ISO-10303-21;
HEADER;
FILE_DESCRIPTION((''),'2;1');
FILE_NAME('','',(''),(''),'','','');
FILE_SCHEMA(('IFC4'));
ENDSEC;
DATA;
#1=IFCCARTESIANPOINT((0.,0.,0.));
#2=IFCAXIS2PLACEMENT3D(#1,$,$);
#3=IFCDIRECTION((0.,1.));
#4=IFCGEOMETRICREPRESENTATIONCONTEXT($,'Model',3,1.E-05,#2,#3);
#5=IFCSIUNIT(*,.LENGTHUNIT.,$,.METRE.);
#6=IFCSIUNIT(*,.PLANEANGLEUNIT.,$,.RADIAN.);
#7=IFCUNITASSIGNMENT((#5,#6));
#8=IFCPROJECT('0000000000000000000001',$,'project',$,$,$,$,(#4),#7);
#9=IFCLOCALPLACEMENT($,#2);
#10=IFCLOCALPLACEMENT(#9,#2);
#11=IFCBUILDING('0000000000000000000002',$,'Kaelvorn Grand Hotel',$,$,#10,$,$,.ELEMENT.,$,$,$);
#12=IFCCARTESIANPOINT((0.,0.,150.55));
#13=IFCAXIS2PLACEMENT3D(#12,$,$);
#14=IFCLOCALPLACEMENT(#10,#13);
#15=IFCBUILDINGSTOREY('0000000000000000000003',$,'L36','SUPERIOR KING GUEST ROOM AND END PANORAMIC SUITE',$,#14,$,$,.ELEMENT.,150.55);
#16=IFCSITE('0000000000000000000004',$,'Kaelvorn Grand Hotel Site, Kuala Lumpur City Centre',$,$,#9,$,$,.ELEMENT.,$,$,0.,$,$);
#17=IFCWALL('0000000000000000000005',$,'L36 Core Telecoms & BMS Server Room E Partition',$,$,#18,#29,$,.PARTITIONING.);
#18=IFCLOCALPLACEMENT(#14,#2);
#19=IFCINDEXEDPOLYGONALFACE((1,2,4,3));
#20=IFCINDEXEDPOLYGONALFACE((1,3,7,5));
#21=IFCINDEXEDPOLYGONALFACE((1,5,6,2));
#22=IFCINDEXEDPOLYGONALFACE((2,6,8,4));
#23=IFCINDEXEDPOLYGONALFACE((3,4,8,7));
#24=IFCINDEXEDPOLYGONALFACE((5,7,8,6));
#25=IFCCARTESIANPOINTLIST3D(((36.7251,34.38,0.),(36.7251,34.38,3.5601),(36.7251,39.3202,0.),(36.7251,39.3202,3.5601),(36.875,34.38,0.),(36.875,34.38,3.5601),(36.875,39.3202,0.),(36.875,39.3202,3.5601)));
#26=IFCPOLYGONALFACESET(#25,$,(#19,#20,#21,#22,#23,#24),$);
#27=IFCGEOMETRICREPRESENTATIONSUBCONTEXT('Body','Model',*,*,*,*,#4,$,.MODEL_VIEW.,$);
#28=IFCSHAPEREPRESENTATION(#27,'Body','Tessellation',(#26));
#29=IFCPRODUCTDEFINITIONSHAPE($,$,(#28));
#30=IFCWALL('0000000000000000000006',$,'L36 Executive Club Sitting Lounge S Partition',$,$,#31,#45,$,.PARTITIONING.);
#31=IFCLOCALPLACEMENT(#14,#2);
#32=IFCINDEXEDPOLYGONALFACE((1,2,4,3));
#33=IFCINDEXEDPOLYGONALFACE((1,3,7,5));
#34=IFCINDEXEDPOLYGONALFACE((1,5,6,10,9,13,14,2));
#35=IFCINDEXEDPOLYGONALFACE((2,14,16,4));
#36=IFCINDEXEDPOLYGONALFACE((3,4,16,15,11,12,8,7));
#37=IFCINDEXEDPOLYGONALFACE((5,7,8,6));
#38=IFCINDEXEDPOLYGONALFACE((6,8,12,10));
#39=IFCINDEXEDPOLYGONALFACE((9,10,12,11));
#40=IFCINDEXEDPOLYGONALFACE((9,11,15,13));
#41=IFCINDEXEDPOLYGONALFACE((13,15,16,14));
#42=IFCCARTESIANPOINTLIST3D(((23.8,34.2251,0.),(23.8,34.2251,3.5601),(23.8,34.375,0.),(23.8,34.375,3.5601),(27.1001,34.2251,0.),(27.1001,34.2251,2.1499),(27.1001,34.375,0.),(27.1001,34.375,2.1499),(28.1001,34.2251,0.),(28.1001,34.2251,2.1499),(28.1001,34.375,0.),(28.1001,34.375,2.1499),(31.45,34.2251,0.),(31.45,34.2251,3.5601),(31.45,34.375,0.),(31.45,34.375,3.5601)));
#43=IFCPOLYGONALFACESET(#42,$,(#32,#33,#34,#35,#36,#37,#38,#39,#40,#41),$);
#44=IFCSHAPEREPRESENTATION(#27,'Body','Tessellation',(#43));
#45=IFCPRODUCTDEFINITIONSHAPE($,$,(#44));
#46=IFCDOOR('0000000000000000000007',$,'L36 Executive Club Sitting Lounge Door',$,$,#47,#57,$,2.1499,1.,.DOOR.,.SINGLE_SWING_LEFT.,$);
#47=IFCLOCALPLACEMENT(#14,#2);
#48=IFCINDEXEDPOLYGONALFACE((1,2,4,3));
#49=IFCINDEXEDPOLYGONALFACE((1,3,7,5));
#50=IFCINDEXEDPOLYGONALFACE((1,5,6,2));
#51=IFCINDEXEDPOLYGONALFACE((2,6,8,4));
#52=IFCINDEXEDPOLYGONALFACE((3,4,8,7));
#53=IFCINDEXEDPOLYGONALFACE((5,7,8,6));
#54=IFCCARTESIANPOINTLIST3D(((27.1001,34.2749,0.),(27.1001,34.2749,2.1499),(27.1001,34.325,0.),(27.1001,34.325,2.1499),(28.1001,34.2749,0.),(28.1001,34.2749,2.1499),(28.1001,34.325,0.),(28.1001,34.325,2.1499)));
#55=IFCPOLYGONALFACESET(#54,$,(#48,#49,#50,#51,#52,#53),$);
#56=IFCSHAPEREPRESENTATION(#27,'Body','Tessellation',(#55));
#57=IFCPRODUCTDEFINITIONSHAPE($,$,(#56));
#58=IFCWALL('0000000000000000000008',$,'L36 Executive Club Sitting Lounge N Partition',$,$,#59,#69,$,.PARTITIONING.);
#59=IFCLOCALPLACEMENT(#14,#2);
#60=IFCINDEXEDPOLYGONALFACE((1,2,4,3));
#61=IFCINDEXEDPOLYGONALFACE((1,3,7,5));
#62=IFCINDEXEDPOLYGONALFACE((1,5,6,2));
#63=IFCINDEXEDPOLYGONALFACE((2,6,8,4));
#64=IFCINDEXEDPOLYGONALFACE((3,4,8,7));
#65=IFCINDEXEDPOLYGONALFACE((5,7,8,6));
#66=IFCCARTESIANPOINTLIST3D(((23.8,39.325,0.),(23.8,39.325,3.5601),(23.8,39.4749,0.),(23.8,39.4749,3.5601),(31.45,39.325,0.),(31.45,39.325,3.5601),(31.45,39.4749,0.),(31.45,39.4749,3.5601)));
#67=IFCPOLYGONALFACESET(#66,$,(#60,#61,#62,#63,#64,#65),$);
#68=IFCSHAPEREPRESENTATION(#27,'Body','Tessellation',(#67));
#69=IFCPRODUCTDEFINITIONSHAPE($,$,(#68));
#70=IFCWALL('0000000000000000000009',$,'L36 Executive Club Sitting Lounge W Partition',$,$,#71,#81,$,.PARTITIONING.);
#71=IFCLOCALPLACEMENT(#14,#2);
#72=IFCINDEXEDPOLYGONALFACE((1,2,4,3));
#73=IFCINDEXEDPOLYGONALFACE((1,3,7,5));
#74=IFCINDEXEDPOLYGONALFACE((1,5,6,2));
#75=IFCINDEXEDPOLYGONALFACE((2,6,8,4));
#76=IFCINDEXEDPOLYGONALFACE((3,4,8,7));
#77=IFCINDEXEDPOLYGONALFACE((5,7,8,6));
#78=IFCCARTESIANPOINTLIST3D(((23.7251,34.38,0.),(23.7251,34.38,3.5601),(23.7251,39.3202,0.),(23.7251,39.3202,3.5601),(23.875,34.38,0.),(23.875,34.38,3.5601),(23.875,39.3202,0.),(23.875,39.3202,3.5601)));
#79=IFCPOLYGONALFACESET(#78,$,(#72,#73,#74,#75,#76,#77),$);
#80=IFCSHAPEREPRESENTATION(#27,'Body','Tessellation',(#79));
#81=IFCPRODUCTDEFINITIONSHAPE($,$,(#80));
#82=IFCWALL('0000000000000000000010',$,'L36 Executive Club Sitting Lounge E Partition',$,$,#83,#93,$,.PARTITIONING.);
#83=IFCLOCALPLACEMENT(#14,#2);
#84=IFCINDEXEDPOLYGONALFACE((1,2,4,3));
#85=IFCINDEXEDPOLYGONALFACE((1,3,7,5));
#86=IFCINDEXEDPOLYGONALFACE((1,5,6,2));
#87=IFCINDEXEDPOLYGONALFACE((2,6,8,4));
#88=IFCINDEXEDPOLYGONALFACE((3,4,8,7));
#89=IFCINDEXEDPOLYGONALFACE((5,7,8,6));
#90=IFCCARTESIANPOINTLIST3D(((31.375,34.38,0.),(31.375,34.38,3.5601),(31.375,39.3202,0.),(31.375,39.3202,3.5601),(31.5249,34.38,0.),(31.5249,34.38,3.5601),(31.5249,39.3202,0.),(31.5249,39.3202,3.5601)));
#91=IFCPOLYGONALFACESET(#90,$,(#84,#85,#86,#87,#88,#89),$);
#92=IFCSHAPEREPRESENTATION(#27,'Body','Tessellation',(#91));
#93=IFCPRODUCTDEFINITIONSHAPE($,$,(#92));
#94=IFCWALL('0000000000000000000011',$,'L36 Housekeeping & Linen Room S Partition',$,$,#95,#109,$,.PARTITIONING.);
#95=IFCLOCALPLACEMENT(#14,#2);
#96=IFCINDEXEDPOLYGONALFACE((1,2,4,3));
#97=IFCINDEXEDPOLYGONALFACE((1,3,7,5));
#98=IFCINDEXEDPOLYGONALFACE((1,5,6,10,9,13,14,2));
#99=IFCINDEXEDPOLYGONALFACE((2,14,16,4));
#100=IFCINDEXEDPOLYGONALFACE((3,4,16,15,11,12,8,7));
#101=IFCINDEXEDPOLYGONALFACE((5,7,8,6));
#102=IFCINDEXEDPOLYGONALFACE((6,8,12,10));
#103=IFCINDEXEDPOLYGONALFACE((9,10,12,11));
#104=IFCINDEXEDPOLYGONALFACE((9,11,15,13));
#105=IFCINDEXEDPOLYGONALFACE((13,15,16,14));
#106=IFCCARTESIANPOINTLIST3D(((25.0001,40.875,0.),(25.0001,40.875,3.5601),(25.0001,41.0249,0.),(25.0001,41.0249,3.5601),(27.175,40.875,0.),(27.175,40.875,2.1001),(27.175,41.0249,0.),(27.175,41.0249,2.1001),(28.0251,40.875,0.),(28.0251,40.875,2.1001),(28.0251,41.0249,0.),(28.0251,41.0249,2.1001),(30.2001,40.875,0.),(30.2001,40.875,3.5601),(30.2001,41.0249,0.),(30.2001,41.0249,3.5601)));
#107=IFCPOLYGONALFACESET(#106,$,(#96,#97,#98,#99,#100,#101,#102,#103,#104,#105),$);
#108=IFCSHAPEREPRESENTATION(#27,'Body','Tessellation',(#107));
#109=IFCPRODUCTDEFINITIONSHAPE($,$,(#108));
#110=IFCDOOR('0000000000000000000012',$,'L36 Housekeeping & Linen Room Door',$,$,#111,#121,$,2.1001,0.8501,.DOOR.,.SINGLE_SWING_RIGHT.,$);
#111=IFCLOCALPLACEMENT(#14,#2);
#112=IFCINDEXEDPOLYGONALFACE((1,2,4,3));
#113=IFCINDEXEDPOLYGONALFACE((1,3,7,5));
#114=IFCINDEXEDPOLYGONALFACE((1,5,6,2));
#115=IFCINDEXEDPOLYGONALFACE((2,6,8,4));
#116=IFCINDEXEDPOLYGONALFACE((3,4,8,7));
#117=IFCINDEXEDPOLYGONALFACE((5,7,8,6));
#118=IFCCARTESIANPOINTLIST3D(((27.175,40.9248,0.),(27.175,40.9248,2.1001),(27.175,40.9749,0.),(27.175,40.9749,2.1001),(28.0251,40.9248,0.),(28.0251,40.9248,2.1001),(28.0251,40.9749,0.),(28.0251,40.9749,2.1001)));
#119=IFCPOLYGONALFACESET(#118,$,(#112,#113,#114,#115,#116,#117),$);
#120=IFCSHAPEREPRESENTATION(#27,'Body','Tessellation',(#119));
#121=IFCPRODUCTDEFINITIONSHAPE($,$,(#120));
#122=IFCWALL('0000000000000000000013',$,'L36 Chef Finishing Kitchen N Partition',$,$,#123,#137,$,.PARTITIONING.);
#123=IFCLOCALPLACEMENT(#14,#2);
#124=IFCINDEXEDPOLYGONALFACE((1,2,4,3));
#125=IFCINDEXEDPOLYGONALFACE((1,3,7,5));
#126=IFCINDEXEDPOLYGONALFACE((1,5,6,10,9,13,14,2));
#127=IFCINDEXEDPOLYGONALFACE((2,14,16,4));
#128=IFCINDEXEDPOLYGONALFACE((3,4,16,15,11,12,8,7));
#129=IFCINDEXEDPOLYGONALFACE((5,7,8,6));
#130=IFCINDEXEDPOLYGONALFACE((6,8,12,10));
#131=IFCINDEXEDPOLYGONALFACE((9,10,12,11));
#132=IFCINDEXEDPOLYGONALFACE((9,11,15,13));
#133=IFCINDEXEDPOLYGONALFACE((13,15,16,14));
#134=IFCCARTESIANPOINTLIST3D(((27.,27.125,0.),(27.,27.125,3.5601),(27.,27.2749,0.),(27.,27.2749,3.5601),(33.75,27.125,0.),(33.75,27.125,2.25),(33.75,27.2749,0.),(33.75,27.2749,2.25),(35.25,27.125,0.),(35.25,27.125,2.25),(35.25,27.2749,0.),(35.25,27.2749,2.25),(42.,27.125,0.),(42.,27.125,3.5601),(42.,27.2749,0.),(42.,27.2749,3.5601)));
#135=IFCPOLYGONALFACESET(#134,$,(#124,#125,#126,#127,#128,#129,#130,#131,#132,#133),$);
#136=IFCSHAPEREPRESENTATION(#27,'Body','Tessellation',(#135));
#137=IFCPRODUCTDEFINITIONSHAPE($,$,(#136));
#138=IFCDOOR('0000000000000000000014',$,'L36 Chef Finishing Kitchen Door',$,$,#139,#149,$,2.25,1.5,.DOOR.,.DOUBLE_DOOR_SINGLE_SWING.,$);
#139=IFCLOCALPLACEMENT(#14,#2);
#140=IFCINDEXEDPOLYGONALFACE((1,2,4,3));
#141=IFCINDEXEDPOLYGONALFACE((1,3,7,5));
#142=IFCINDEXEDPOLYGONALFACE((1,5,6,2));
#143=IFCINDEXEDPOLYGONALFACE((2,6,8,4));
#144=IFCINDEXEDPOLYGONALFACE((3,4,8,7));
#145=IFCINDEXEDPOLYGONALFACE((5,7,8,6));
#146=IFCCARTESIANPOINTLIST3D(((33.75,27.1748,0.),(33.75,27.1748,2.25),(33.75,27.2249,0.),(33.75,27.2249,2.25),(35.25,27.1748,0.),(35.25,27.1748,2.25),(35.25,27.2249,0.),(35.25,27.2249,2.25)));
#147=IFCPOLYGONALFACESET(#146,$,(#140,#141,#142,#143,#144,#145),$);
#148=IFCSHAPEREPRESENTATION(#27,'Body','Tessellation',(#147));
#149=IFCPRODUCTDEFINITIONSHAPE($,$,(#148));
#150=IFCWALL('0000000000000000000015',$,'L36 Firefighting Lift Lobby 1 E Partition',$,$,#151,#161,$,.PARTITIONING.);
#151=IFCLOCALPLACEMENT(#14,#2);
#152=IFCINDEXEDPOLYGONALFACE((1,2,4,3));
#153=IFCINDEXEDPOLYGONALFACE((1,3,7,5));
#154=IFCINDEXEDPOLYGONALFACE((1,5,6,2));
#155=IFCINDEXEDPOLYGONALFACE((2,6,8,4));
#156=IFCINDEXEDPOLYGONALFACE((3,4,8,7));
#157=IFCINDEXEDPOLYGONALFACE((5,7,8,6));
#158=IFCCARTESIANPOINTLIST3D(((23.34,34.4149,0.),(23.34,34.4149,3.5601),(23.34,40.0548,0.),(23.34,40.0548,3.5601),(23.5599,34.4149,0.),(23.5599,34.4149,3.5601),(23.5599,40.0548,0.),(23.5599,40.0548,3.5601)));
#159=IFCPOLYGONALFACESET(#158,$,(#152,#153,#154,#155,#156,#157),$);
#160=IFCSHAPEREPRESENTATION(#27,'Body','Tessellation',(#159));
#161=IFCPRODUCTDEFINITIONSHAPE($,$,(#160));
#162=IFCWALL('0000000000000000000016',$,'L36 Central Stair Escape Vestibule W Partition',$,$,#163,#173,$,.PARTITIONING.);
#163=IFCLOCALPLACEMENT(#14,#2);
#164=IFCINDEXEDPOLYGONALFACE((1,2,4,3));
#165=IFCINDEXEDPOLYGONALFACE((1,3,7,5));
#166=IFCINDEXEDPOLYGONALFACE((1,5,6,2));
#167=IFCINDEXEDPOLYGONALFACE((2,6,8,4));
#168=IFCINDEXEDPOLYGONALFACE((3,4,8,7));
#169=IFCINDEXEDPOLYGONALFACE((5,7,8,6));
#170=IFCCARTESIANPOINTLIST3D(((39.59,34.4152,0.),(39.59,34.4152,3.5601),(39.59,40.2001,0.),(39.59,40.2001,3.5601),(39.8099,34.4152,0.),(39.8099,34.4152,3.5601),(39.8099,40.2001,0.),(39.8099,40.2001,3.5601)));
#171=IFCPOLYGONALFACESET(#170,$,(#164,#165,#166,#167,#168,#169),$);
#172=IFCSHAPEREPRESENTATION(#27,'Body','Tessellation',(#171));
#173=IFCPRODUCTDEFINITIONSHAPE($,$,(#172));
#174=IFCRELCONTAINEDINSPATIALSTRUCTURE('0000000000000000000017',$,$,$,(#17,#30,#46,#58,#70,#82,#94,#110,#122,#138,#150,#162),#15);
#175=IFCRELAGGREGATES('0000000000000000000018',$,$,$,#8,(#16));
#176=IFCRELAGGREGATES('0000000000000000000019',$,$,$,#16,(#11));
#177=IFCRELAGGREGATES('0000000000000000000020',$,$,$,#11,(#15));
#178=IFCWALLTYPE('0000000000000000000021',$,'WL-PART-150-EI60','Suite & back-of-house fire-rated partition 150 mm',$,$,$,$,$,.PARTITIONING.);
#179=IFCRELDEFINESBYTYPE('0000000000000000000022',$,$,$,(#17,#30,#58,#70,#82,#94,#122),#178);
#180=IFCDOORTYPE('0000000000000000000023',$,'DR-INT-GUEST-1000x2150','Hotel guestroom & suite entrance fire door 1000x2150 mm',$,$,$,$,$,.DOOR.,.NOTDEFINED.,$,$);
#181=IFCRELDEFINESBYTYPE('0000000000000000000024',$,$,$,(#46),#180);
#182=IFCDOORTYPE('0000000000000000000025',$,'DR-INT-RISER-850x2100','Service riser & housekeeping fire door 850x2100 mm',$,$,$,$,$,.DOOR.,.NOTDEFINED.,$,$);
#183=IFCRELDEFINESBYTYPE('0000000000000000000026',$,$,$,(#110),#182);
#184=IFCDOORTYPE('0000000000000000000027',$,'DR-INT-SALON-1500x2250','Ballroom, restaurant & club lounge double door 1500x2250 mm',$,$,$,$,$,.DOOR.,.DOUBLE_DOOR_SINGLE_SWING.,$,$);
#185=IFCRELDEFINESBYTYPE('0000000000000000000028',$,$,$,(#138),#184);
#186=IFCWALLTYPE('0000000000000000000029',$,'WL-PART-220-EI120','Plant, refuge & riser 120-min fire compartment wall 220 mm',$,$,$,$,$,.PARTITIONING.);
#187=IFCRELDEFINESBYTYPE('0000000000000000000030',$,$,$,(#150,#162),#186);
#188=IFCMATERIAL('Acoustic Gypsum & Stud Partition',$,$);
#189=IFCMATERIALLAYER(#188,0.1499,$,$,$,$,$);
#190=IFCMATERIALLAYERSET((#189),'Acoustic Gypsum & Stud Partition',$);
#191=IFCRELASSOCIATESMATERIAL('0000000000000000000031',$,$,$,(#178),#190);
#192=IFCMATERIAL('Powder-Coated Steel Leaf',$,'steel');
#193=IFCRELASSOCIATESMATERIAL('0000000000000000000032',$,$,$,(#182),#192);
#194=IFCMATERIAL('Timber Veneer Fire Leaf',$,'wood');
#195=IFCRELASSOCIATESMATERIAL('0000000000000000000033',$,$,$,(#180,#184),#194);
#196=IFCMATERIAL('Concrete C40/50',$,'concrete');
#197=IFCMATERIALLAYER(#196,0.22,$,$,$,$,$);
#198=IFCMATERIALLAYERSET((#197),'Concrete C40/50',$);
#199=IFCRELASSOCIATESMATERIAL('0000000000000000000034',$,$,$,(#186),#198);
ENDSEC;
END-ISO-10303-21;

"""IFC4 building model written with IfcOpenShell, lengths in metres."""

from ifc_helpers import new_model, si_unit, direction, frame, frame_2d, origin, place, context, subcontext, project, spatial, rectangle, extrude, material, layer, layer_set, type_object, element, fill, save


model = new_model("IFC4")

# Units and contexts
model_context = context("Model", 3, precision=1e-05, world=origin(), true_north=direction((0.0, 1.0)))
body_context = subcontext(model_context, "Body", "Model", "MODEL_VIEW")
ifc_project = project(units=[si_unit("LENGTHUNIT", "METRE"), si_unit("PLANEANGLEUNIT", "RADIAN")], contexts=[model_context])

# Site, building, storey
site_placement = place(None, origin())
site = spatial("IfcSite", under=ifc_project, at=site_placement, Name="Kaelvorn Grand Hotel Site, Kuala Lumpur City Centre", CompositionType="ELEMENT", RefElevation=0.0)
building_placement = place(site_placement, origin())
building = spatial("IfcBuilding", under=site, at=building_placement, Name="Kaelvorn Grand Hotel", CompositionType="ELEMENT")
storey_placement = place(building_placement, frame((0.0, 0.0, 150.55)))
storey = spatial("IfcBuildingStorey", under=building, at=storey_placement, Name="L36", Description="SUPERIOR KING GUEST ROOM AND END PANORAMIC SUITE", CompositionType="ELEMENT", Elevation=150.55)

# Shared definitions
ifc_material_1 = material(Name="Acoustic Gypsum & Stud Partition")
ifc_layer_1 = layer(ifc_material_1, 0.1499)
ifc_layer_set_1 = layer_set([ifc_layer_1], Name="Acoustic Gypsum & Stud Partition")
wall_type_1 = type_object("IfcWallType", Name="WL-PART-150-EI60", Description="Suite & back-of-house fire-rated partition 150 mm", PredefinedType="PARTITIONING", material=ifc_layer_set_1)
ifc_material_2 = material(Name="Powder-Coated Steel Leaf", Category="steel")
door_type_1 = type_object("IfcDoorType", Name="DR-INT-RISER-850x2100", Description="Service riser & housekeeping fire door 850x2100 mm", OperationType="NOTDEFINED", PredefinedType="DOOR", material=ifc_material_2)

# Wall
for number, where, z_axis, x_axis, name in (
    (1, (36.8, 34.3799, 0.0), (0.0, 0.0, 1.0), (0.0, 1.0, 0.0), "L36 Core Telecoms & BMS Server Room E Partition"),
):
    element("IfcWall", number, at=place(storey_placement, frame(where, z_axis=z_axis, x_axis=x_axis)), inside=storey, type_object=wall_type_1, Name=name, PredefinedType="PARTITIONING", context=body_context, shape_type="SweptSolid", body=[
        extrude(rectangle(XDim=4.9402, YDim=0.1499, at=frame_2d((2.4702, 0.0))), origin(), (0.0, 0.0, 1.0), 3.5601),
    ])

# Wall, opening, door
wall_1_placement = place(storey_placement, frame((23.8, 34.3, 0.0), z_axis=(0.0, 0.0, 1.0), x_axis=(1.0, 0.0, 0.0)))
wall_1 = element("IfcWall", 2, at=wall_1_placement, inside=storey, type_object=wall_type_1, Name="L36 Executive Club Sitting Lounge S Partition", PredefinedType="PARTITIONING", context=body_context, shape_type="SweptSolid", body=[
    extrude(rectangle(XDim=7.6499, YDim=0.1499, at=frame_2d((3.825, 0.0))), origin(), (0.0, 0.0, 1.0), 3.5601),
])
opening_1_placement = place(wall_1_placement, frame((3.3, 0.0, 0.0)))
opening_1 = element("IfcOpeningElement", 3, at=opening_1_placement, cuts=wall_1, PredefinedType="OPENING", context=body_context, shape_type="SweptSolid", body=[
    extrude(rectangle(XDim=1.0, YDim=2.1499, at=frame_2d((0.5, 1.075))), frame((0.0, 0.085, 0.0), z_axis=(0.0, -1.0, 0.0), x_axis=(1.0, 0.0, 0.0)), (0.0, 0.0, 1.0), 0.1699),
])
ifc_material_3 = material(Name="Timber Veneer Fire Leaf", Category="wood")
door_type_2 = type_object("IfcDoorType", Name="DR-INT-GUEST-1000x2150", Description="Hotel guestroom & suite entrance fire door 1000x2150 mm", OperationType="NOTDEFINED", PredefinedType="DOOR", material=ifc_material_3)
door_1_placement = place(opening_1_placement, origin())
door_1 = element("IfcDoor", 4, at=door_1_placement, inside=storey, type_object=door_type_2, Name="L36 Executive Club Sitting Lounge Door", OperationType="SINGLE_SWING_LEFT", OverallHeight=2.1499, OverallWidth=1.0, PredefinedType="DOOR", context=body_context, shape_type="SweptSolid", body=[
    extrude(rectangle(XDim=1.0, YDim=2.1499, at=frame_2d((0.5, 1.075))), frame((0.0, 0.0249, 0.0), z_axis=(0.0, -1.0, 0.0), x_axis=(1.0, 0.0, 0.0)), (0.0, 0.0, 1.0), 0.05),
])
fill(opening_1, door_1)

# Walls
wall_2_placement = place(storey_placement, frame((23.8, 39.3999, 0.0), z_axis=(0.0, 0.0, 1.0), x_axis=(1.0, 0.0, 0.0)))
element("IfcWall", 5, at=wall_2_placement, inside=storey, type_object=wall_type_1, Name="L36 Executive Club Sitting Lounge N Partition", PredefinedType="PARTITIONING", context=body_context, shape_type="SweptSolid", body=[
    extrude(rectangle(XDim=7.6499, YDim=0.1499, at=frame_2d((3.825, 0.0))), origin(), (0.0, 0.0, 1.0), 3.5601),
])
for number, where, z_axis, x_axis, name in (
    (6, (23.8, 34.3799, 0.0), (0.0, 0.0, 1.0), (0.0, 1.0, 0.0), "L36 Executive Club Sitting Lounge W Partition"),
    (7, (31.45, 34.3799, 0.0), (0.0, 0.0, 1.0), (0.0, 1.0, 0.0), "L36 Executive Club Sitting Lounge E Partition"),
):
    element("IfcWall", number, at=place(storey_placement, frame(where, z_axis=z_axis, x_axis=x_axis)), inside=storey, type_object=wall_type_1, Name=name, PredefinedType="PARTITIONING", context=body_context, shape_type="SweptSolid", body=[
        extrude(rectangle(XDim=4.9402, YDim=0.1499, at=frame_2d((2.4702, 0.0))), origin(), (0.0, 0.0, 1.0), 3.5601),
    ])

# Walls, openings, doors
wall_3_placement = place(storey_placement, frame((25.0, 40.95, 0.0), z_axis=(0.0, 0.0, 1.0), x_axis=(1.0, 0.0, 0.0)))
wall_3 = element("IfcWall", 8, at=wall_3_placement, inside=storey, type_object=wall_type_1, Name="L36 Housekeeping & Linen Room S Partition", PredefinedType="PARTITIONING", context=body_context, shape_type="SweptSolid", body=[
    extrude(rectangle(XDim=5.2, YDim=0.1499, at=frame_2d((2.6001, 0.0))), origin(), (0.0, 0.0, 1.0), 3.5601),
])
opening_2_placement = place(wall_3_placement, frame((2.175, 0.0, 0.0)))
opening_2 = element("IfcOpeningElement", 9, at=opening_2_placement, cuts=wall_3, PredefinedType="OPENING", context=body_context, shape_type="SweptSolid", body=[
    extrude(rectangle(XDim=0.8501, YDim=2.1001, at=frame_2d((0.425, 1.05))), frame((0.0, 0.085, 0.0), z_axis=(0.0, -1.0, 0.0), x_axis=(1.0, 0.0, 0.0)), (0.0, 0.0, 1.0), 0.1699),
])
door_2_placement = place(opening_2_placement, origin())
door_2 = element("IfcDoor", 10, at=door_2_placement, inside=storey, type_object=door_type_1, Name="L36 Housekeeping & Linen Room Door", OperationType="SINGLE_SWING_RIGHT", OverallHeight=2.1001, OverallWidth=0.8501, PredefinedType="DOOR", context=body_context, shape_type="SweptSolid", body=[
    extrude(rectangle(XDim=0.8501, YDim=2.1001, at=frame_2d((0.425, 1.05))), frame((0.0, 0.0249, 0.0), z_axis=(0.0, -1.0, 0.0), x_axis=(1.0, 0.0, 0.0)), (0.0, 0.0, 1.0), 0.05),
])
fill(opening_2, door_2)
wall_4_placement = place(storey_placement, frame((27.0, 27.2, 0.0), z_axis=(0.0, 0.0, 1.0), x_axis=(1.0, 0.0, 0.0)))
wall_4 = element("IfcWall", 11, at=wall_4_placement, inside=storey, type_object=wall_type_1, Name="L36 Chef Finishing Kitchen N Partition", PredefinedType="PARTITIONING", context=body_context, shape_type="SweptSolid", body=[
    extrude(rectangle(XDim=15.0, YDim=0.1499, at=frame_2d((7.5, 0.0))), origin(), (0.0, 0.0, 1.0), 3.5601),
])
opening_3_placement = place(wall_4_placement, frame((6.75, 0.0, 0.0)))
opening_3 = element("IfcOpeningElement", 12, at=opening_3_placement, cuts=wall_4, PredefinedType="OPENING", context=body_context, shape_type="SweptSolid", body=[
    extrude(rectangle(XDim=1.5, YDim=2.25, at=frame_2d((0.75, 1.125))), frame((0.0, 0.085, 0.0), z_axis=(0.0, -1.0, 0.0), x_axis=(1.0, 0.0, 0.0)), (0.0, 0.0, 1.0), 0.1699),
])
door_type_3 = type_object("IfcDoorType", Name="DR-INT-SALON-1500x2250", Description="Ballroom, restaurant & club lounge double door 1500x2250 mm", OperationType="DOUBLE_DOOR_SINGLE_SWING", PredefinedType="DOOR", material=ifc_material_3)
door_3_placement = place(opening_3_placement, origin())
door_3 = element("IfcDoor", 13, at=door_3_placement, inside=storey, type_object=door_type_3, Name="L36 Chef Finishing Kitchen Door", OperationType="DOUBLE_DOOR_SINGLE_SWING", OverallHeight=2.25, OverallWidth=1.5, PredefinedType="DOOR", context=body_context, shape_type="SweptSolid", body=[
    extrude(rectangle(XDim=1.5, YDim=2.25, at=frame_2d((0.75, 1.125))), frame((0.0, 0.0249, 0.0), z_axis=(0.0, -1.0, 0.0), x_axis=(1.0, 0.0, 0.0)), (0.0, 0.0, 1.0), 0.05),
])
fill(opening_3, door_3)

# Wall
ifc_material_4 = material(Name="Concrete C40/50", Category="concrete")
ifc_layer_2 = layer(ifc_material_4, 0.22)
ifc_layer_set_2 = layer_set([ifc_layer_2], Name="Concrete C40/50")
wall_type_2 = type_object("IfcWallType", Name="WL-PART-220-EI120", Description="Plant, refuge & riser 120-min fire compartment wall 220 mm", PredefinedType="PARTITIONING", material=ifc_layer_set_2)
wall_5_placement = place(storey_placement, frame((23.45, 34.415, 0.0), z_axis=(0.0, 0.0, 1.0), x_axis=(0.0, 1.0, 0.0)))
element("IfcWall", 14, at=wall_5_placement, inside=storey, type_object=wall_type_2, Name="L36 Firefighting Lift Lobby 1 E Partition", PredefinedType="PARTITIONING", context=body_context, shape_type="SweptSolid", body=[
    extrude(rectangle(XDim=5.6399, YDim=0.22, at=frame_2d((2.8198, 0.0))), origin(), (0.0, 0.0, 1.0), 3.5601),
])

# Wall
wall_6_placement = place(storey_placement, frame((39.7, 34.415, 0.0), z_axis=(0.0, 0.0, 1.0), x_axis=(0.0, 1.0, 0.0)))
element("IfcWall", 15, at=wall_6_placement, inside=storey, type_object=wall_type_2, Name="L36 Central Stair Escape Vestibule W Partition", PredefinedType="PARTITIONING", context=body_context, shape_type="SweptSolid", body=[
    extrude(rectangle(XDim=5.7849, YDim=0.22, at=frame_2d((2.8926, 0.0))), origin(), (0.0, 0.0, 1.0), 3.5601),
])

save(model, "model.ifc")
